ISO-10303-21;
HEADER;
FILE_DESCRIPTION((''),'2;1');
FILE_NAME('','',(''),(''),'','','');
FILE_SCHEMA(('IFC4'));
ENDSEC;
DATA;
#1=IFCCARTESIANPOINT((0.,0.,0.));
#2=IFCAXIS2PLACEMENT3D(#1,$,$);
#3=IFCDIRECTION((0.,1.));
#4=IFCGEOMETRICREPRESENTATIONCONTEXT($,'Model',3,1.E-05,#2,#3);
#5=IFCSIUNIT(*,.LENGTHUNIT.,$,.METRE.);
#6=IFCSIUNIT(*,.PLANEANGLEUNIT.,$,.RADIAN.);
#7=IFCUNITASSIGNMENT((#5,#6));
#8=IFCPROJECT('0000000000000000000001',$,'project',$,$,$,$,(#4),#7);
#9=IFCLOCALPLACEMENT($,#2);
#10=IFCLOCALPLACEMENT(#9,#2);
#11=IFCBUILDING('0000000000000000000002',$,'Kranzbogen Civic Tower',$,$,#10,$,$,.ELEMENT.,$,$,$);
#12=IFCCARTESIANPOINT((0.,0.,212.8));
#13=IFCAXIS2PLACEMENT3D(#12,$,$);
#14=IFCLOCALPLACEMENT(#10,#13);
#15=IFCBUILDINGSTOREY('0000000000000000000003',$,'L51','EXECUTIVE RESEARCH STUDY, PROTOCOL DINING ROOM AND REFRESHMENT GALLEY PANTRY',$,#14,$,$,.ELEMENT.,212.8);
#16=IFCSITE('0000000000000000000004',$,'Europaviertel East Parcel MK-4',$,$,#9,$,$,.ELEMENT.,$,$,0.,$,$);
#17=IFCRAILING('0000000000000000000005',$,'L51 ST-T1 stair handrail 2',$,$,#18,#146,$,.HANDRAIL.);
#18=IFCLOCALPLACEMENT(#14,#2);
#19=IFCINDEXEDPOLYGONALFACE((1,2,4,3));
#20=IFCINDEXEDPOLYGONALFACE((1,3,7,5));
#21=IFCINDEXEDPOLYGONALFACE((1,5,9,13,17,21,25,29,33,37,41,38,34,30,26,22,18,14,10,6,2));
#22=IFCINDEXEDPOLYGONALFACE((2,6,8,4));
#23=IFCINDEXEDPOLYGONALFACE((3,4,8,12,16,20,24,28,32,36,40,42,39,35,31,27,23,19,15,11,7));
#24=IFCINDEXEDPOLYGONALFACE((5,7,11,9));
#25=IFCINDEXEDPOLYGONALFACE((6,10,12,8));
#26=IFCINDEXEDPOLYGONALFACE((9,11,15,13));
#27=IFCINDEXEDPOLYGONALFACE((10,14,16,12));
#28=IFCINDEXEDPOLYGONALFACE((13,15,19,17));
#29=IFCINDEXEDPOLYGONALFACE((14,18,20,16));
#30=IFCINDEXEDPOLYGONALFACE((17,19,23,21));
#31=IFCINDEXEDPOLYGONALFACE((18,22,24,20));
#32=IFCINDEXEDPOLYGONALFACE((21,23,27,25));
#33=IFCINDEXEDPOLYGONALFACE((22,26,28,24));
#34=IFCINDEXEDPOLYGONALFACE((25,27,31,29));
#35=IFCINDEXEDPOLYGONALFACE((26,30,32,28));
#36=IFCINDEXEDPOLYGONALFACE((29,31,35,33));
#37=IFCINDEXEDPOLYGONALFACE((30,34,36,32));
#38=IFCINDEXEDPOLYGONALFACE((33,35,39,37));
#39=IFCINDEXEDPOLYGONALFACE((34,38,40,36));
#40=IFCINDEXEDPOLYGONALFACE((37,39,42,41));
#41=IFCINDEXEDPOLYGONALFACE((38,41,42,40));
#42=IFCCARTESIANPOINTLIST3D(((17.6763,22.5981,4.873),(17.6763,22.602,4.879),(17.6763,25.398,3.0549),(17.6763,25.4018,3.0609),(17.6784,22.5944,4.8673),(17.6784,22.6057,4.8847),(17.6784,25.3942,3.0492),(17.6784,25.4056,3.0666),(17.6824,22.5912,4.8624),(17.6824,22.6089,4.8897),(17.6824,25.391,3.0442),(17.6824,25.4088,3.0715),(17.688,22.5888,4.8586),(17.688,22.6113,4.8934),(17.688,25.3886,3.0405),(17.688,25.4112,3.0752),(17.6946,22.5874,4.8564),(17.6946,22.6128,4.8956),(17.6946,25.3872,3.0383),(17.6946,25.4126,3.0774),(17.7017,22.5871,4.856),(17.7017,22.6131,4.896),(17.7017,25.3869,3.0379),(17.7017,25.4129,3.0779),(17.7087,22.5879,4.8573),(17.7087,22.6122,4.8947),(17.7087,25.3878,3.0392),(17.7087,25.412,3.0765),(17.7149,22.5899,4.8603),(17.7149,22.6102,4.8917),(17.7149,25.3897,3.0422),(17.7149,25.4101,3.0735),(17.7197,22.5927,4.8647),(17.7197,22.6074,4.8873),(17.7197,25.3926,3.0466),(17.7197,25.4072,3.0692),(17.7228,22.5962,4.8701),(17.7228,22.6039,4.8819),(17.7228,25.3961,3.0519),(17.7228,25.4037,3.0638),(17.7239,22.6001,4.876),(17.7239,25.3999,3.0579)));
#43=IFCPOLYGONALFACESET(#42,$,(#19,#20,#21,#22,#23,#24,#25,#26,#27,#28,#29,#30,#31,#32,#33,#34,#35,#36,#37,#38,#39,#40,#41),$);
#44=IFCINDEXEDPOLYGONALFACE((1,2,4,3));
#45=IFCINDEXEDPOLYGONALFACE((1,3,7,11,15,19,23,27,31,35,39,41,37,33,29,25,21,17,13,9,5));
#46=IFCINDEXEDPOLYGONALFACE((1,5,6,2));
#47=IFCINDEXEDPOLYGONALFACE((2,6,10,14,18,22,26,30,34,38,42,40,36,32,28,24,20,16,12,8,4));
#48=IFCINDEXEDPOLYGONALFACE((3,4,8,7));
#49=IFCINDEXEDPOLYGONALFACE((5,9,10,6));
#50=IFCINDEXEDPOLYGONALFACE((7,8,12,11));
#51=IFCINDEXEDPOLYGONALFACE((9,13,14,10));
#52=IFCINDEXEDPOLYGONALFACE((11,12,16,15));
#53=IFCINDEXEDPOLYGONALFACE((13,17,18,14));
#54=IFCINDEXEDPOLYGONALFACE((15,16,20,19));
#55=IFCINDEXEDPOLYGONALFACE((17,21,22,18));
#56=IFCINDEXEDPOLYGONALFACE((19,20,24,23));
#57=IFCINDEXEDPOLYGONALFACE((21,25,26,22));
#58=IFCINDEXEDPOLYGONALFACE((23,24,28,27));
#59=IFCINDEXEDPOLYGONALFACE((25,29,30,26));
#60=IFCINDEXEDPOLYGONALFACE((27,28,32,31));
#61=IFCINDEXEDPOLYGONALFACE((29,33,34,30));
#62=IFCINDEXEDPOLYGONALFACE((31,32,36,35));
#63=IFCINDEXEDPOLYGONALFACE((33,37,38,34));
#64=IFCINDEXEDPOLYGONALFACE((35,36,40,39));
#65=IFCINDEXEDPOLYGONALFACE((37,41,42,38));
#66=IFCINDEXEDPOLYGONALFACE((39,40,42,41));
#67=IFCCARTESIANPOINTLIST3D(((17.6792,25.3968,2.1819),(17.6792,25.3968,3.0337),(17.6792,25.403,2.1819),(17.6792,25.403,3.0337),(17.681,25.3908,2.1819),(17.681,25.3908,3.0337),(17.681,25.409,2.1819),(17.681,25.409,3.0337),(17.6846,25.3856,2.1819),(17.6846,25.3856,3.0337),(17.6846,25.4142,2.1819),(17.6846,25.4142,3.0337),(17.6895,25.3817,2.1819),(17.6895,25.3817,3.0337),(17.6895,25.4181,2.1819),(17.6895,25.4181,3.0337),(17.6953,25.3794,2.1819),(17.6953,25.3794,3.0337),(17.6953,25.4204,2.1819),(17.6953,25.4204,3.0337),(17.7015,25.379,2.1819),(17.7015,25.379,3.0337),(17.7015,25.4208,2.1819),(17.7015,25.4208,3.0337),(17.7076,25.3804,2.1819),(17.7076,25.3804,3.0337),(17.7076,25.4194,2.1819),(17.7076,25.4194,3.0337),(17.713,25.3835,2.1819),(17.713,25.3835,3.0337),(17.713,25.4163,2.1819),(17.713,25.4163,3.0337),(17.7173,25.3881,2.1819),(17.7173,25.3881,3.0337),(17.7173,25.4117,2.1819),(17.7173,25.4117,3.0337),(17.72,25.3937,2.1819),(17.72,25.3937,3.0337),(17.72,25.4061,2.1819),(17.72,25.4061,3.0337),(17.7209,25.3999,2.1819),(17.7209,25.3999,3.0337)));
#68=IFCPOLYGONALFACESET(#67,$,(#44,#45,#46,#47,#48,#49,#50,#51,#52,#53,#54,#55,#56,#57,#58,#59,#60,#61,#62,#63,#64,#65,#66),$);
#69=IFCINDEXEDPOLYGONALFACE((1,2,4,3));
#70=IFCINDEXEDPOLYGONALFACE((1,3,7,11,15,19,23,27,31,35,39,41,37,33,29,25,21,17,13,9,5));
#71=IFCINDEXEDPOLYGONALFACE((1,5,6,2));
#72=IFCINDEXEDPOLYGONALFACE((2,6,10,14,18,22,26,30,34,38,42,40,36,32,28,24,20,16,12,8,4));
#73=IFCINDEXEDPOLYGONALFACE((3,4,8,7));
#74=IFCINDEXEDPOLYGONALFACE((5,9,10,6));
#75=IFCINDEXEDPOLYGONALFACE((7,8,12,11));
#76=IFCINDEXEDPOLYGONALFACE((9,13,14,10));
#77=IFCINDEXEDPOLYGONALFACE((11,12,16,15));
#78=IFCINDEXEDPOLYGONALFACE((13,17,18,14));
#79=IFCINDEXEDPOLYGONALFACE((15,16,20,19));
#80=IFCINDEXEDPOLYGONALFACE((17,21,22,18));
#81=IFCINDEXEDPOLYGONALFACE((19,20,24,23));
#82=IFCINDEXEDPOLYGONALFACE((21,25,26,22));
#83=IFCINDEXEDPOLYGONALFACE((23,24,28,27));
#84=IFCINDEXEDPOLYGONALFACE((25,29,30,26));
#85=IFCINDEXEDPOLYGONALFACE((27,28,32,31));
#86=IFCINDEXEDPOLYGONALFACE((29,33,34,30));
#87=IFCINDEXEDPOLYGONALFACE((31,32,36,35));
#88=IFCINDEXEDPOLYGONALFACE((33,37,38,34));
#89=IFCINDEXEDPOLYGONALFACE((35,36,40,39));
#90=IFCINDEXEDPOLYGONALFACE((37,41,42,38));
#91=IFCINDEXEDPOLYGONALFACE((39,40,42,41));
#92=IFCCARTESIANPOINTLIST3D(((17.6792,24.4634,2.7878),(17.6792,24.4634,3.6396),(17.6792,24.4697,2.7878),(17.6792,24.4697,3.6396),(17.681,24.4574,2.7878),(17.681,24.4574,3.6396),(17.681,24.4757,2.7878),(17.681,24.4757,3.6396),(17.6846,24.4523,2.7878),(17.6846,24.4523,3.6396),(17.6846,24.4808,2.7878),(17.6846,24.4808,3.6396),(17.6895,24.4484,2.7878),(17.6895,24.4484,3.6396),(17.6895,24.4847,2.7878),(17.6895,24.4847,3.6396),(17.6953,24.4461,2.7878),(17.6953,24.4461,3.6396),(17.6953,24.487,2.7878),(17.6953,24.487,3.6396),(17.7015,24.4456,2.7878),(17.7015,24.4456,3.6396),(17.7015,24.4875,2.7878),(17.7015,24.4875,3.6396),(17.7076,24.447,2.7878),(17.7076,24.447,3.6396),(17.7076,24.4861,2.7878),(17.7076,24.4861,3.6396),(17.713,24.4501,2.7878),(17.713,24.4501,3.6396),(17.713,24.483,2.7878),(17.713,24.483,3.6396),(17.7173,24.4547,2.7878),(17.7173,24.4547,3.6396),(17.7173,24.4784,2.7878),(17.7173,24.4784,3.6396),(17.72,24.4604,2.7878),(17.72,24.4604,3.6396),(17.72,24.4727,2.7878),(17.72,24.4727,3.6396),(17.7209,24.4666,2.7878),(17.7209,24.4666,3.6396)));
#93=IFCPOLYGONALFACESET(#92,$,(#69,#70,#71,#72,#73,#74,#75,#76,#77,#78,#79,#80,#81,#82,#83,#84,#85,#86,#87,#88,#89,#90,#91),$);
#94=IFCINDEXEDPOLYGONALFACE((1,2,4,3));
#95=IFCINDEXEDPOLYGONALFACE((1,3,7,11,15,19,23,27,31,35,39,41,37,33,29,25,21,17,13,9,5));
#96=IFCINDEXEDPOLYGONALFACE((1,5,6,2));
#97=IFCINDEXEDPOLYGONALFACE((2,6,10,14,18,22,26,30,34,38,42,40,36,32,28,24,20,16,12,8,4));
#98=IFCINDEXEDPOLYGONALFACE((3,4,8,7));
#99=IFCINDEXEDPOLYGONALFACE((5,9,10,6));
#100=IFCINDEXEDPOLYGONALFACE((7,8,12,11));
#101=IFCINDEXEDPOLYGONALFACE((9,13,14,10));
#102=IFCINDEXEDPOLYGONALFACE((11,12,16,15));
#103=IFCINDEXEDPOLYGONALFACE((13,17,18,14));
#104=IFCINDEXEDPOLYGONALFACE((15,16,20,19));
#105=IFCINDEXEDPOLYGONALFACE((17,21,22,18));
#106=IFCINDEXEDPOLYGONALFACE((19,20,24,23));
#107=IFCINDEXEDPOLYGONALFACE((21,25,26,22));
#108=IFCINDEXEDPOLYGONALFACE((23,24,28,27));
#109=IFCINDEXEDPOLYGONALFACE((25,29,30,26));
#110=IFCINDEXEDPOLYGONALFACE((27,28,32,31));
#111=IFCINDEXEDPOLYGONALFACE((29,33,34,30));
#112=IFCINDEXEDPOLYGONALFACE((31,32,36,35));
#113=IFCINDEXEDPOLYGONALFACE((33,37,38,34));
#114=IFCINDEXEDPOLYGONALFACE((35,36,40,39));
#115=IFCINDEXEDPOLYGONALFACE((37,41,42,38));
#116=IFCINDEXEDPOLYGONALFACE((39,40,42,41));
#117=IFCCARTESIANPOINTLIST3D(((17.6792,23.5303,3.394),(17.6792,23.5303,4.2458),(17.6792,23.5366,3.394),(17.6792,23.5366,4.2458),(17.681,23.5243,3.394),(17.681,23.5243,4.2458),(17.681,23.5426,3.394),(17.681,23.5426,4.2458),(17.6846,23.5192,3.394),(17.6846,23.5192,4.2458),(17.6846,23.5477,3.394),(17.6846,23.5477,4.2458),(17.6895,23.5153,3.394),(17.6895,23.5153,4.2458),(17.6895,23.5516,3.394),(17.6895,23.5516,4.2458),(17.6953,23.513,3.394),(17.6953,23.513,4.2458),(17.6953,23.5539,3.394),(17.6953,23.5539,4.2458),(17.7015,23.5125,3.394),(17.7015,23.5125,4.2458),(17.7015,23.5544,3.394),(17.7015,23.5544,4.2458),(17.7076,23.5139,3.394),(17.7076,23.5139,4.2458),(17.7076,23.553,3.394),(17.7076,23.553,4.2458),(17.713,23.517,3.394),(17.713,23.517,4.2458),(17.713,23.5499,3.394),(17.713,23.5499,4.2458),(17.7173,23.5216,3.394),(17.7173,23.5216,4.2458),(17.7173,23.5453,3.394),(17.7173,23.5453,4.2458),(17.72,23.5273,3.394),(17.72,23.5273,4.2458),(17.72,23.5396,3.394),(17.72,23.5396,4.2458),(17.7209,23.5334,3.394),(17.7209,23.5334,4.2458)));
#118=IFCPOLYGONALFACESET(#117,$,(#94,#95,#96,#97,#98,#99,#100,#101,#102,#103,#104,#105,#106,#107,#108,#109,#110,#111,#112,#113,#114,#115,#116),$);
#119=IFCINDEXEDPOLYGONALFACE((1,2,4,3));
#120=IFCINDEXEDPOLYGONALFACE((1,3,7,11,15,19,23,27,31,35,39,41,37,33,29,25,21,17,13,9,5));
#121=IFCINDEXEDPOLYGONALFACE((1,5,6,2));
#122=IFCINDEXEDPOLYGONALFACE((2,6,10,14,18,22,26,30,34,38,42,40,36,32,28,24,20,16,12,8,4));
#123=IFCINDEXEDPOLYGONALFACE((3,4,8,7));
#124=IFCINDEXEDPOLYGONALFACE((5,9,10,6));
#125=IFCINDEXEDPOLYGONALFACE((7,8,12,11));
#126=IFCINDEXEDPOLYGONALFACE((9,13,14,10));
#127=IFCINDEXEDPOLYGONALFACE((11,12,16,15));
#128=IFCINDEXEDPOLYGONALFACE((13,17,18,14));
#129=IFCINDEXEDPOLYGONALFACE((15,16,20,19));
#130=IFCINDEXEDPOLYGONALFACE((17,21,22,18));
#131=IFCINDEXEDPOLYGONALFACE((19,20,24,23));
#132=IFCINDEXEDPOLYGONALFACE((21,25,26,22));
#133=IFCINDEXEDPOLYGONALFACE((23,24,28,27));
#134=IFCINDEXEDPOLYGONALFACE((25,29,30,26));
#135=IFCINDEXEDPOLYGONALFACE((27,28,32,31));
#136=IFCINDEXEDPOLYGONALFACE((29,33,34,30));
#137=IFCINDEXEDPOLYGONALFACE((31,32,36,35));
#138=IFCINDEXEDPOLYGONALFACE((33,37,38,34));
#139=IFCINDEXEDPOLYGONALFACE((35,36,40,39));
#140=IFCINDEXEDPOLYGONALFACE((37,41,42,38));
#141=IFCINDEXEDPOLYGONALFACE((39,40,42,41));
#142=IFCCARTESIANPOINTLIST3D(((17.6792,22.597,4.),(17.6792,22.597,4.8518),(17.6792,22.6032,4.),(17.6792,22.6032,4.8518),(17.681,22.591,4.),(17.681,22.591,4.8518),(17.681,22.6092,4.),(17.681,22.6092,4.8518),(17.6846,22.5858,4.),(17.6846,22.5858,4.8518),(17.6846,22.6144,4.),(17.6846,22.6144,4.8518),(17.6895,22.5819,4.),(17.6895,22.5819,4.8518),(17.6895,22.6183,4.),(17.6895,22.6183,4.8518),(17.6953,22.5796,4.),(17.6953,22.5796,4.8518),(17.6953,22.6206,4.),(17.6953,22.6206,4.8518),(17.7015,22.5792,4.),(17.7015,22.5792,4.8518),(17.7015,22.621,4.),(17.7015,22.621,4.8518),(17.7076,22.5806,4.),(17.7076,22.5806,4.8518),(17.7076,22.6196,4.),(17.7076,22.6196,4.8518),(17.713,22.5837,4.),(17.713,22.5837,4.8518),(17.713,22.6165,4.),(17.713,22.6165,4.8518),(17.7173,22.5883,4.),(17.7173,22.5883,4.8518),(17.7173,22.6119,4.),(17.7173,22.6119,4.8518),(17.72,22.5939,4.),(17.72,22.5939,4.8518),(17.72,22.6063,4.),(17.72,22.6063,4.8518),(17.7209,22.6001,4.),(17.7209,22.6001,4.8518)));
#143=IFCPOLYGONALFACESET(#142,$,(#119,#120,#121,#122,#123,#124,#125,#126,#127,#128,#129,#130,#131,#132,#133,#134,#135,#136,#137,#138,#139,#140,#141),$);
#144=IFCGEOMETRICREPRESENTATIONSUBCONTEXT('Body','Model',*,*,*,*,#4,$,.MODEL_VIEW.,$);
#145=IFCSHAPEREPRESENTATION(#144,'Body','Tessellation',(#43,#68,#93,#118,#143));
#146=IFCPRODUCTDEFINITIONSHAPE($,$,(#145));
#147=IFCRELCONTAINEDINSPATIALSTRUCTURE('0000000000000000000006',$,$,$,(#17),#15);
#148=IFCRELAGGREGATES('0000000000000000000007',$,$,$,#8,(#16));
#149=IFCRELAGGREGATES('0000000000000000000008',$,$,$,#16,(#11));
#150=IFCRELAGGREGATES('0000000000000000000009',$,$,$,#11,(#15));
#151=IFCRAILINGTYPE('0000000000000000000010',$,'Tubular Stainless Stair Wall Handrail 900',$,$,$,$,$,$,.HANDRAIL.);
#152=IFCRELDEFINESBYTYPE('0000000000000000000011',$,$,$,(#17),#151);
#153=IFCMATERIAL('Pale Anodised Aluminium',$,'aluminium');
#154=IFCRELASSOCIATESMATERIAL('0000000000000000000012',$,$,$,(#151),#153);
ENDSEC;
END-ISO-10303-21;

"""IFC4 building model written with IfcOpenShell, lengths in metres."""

from ifc_helpers import new_model, si_unit, direction, frame, origin, origin_2d, place, context, subcontext, project, spatial, circle, extrude, material, type_object, element, save


model = new_model("IFC4")

# Units and contexts
model_context = context("Model", 3, precision=1e-05, world=origin(), true_north=direction((0.0, 1.0)))
body_context = subcontext(model_context, "Body", "Model", "MODEL_VIEW")
ifc_project = project(units=[si_unit("LENGTHUNIT", "METRE"), si_unit("PLANEANGLEUNIT", "RADIAN")], contexts=[model_context])

# Site, building, storey
site_placement = place(None, origin())
site = spatial("IfcSite", under=ifc_project, at=site_placement, Name="Europaviertel East Parcel MK-4", CompositionType="ELEMENT", RefElevation=0.0)
building_placement = place(site_placement, origin())
building = spatial("IfcBuilding", under=site, at=building_placement, Name="Kranzbogen Civic Tower", CompositionType="ELEMENT")
storey_placement = place(building_placement, frame((0.0, 0.0, 212.8)))
storey = spatial("IfcBuildingStorey", under=building, at=storey_placement, Name="L51", Description="EXECUTIVE RESEARCH STUDY, PROTOCOL DINING ROOM AND REFRESHMENT GALLEY PANTRY", CompositionType="ELEMENT", Elevation=212.8)

# Shared definitions
ifc_material_1 = material(Name="Pale Anodised Aluminium", Category="aluminium")

# Railing
railing_type_1 = type_object("IfcRailingType", Name="Tubular Stainless Stair Wall Handrail 900", PredefinedType="HANDRAIL", material=ifc_material_1)
railing_1_placement = place(storey_placement, frame((17.7, 25.3999, 2.1819)))
element("IfcRailing", 1, at=railing_1_placement, inside=storey, type_object=railing_type_1, Name="L51 ST-T1 stair handrail 2", PredefinedType="HANDRAIL", context=body_context, shape_type="SweptSolid", body=[
    extrude(circle(Radius=0.0239, at=origin_2d()), frame((0.0, 0.0, 0.876), z_axis=(0.0, -0.838684, 0.544618), x_axis=(1.0, 0.0, 0.0)), (0.0, 0.0, 1.0), 3.3384),
    extrude(circle(Radius=0.021, at=origin_2d()), origin(), (0.0, 0.0, 1.0), 0.8518),
    extrude(circle(Radius=0.021, at=origin_2d()), frame((0.0, -0.9333, 0.606)), (0.0, 0.0, 1.0), 0.8518),
    extrude(circle(Radius=0.021, at=origin_2d()), frame((0.0, -1.8665, 1.2122)), (0.0, 0.0, 1.0), 0.8518),
    extrude(circle(Radius=0.021, at=origin_2d()), frame((0.0, -2.7998, 1.8181)), (0.0, 0.0, 1.0), 0.8518),
])

save(model, "model.ifc")
